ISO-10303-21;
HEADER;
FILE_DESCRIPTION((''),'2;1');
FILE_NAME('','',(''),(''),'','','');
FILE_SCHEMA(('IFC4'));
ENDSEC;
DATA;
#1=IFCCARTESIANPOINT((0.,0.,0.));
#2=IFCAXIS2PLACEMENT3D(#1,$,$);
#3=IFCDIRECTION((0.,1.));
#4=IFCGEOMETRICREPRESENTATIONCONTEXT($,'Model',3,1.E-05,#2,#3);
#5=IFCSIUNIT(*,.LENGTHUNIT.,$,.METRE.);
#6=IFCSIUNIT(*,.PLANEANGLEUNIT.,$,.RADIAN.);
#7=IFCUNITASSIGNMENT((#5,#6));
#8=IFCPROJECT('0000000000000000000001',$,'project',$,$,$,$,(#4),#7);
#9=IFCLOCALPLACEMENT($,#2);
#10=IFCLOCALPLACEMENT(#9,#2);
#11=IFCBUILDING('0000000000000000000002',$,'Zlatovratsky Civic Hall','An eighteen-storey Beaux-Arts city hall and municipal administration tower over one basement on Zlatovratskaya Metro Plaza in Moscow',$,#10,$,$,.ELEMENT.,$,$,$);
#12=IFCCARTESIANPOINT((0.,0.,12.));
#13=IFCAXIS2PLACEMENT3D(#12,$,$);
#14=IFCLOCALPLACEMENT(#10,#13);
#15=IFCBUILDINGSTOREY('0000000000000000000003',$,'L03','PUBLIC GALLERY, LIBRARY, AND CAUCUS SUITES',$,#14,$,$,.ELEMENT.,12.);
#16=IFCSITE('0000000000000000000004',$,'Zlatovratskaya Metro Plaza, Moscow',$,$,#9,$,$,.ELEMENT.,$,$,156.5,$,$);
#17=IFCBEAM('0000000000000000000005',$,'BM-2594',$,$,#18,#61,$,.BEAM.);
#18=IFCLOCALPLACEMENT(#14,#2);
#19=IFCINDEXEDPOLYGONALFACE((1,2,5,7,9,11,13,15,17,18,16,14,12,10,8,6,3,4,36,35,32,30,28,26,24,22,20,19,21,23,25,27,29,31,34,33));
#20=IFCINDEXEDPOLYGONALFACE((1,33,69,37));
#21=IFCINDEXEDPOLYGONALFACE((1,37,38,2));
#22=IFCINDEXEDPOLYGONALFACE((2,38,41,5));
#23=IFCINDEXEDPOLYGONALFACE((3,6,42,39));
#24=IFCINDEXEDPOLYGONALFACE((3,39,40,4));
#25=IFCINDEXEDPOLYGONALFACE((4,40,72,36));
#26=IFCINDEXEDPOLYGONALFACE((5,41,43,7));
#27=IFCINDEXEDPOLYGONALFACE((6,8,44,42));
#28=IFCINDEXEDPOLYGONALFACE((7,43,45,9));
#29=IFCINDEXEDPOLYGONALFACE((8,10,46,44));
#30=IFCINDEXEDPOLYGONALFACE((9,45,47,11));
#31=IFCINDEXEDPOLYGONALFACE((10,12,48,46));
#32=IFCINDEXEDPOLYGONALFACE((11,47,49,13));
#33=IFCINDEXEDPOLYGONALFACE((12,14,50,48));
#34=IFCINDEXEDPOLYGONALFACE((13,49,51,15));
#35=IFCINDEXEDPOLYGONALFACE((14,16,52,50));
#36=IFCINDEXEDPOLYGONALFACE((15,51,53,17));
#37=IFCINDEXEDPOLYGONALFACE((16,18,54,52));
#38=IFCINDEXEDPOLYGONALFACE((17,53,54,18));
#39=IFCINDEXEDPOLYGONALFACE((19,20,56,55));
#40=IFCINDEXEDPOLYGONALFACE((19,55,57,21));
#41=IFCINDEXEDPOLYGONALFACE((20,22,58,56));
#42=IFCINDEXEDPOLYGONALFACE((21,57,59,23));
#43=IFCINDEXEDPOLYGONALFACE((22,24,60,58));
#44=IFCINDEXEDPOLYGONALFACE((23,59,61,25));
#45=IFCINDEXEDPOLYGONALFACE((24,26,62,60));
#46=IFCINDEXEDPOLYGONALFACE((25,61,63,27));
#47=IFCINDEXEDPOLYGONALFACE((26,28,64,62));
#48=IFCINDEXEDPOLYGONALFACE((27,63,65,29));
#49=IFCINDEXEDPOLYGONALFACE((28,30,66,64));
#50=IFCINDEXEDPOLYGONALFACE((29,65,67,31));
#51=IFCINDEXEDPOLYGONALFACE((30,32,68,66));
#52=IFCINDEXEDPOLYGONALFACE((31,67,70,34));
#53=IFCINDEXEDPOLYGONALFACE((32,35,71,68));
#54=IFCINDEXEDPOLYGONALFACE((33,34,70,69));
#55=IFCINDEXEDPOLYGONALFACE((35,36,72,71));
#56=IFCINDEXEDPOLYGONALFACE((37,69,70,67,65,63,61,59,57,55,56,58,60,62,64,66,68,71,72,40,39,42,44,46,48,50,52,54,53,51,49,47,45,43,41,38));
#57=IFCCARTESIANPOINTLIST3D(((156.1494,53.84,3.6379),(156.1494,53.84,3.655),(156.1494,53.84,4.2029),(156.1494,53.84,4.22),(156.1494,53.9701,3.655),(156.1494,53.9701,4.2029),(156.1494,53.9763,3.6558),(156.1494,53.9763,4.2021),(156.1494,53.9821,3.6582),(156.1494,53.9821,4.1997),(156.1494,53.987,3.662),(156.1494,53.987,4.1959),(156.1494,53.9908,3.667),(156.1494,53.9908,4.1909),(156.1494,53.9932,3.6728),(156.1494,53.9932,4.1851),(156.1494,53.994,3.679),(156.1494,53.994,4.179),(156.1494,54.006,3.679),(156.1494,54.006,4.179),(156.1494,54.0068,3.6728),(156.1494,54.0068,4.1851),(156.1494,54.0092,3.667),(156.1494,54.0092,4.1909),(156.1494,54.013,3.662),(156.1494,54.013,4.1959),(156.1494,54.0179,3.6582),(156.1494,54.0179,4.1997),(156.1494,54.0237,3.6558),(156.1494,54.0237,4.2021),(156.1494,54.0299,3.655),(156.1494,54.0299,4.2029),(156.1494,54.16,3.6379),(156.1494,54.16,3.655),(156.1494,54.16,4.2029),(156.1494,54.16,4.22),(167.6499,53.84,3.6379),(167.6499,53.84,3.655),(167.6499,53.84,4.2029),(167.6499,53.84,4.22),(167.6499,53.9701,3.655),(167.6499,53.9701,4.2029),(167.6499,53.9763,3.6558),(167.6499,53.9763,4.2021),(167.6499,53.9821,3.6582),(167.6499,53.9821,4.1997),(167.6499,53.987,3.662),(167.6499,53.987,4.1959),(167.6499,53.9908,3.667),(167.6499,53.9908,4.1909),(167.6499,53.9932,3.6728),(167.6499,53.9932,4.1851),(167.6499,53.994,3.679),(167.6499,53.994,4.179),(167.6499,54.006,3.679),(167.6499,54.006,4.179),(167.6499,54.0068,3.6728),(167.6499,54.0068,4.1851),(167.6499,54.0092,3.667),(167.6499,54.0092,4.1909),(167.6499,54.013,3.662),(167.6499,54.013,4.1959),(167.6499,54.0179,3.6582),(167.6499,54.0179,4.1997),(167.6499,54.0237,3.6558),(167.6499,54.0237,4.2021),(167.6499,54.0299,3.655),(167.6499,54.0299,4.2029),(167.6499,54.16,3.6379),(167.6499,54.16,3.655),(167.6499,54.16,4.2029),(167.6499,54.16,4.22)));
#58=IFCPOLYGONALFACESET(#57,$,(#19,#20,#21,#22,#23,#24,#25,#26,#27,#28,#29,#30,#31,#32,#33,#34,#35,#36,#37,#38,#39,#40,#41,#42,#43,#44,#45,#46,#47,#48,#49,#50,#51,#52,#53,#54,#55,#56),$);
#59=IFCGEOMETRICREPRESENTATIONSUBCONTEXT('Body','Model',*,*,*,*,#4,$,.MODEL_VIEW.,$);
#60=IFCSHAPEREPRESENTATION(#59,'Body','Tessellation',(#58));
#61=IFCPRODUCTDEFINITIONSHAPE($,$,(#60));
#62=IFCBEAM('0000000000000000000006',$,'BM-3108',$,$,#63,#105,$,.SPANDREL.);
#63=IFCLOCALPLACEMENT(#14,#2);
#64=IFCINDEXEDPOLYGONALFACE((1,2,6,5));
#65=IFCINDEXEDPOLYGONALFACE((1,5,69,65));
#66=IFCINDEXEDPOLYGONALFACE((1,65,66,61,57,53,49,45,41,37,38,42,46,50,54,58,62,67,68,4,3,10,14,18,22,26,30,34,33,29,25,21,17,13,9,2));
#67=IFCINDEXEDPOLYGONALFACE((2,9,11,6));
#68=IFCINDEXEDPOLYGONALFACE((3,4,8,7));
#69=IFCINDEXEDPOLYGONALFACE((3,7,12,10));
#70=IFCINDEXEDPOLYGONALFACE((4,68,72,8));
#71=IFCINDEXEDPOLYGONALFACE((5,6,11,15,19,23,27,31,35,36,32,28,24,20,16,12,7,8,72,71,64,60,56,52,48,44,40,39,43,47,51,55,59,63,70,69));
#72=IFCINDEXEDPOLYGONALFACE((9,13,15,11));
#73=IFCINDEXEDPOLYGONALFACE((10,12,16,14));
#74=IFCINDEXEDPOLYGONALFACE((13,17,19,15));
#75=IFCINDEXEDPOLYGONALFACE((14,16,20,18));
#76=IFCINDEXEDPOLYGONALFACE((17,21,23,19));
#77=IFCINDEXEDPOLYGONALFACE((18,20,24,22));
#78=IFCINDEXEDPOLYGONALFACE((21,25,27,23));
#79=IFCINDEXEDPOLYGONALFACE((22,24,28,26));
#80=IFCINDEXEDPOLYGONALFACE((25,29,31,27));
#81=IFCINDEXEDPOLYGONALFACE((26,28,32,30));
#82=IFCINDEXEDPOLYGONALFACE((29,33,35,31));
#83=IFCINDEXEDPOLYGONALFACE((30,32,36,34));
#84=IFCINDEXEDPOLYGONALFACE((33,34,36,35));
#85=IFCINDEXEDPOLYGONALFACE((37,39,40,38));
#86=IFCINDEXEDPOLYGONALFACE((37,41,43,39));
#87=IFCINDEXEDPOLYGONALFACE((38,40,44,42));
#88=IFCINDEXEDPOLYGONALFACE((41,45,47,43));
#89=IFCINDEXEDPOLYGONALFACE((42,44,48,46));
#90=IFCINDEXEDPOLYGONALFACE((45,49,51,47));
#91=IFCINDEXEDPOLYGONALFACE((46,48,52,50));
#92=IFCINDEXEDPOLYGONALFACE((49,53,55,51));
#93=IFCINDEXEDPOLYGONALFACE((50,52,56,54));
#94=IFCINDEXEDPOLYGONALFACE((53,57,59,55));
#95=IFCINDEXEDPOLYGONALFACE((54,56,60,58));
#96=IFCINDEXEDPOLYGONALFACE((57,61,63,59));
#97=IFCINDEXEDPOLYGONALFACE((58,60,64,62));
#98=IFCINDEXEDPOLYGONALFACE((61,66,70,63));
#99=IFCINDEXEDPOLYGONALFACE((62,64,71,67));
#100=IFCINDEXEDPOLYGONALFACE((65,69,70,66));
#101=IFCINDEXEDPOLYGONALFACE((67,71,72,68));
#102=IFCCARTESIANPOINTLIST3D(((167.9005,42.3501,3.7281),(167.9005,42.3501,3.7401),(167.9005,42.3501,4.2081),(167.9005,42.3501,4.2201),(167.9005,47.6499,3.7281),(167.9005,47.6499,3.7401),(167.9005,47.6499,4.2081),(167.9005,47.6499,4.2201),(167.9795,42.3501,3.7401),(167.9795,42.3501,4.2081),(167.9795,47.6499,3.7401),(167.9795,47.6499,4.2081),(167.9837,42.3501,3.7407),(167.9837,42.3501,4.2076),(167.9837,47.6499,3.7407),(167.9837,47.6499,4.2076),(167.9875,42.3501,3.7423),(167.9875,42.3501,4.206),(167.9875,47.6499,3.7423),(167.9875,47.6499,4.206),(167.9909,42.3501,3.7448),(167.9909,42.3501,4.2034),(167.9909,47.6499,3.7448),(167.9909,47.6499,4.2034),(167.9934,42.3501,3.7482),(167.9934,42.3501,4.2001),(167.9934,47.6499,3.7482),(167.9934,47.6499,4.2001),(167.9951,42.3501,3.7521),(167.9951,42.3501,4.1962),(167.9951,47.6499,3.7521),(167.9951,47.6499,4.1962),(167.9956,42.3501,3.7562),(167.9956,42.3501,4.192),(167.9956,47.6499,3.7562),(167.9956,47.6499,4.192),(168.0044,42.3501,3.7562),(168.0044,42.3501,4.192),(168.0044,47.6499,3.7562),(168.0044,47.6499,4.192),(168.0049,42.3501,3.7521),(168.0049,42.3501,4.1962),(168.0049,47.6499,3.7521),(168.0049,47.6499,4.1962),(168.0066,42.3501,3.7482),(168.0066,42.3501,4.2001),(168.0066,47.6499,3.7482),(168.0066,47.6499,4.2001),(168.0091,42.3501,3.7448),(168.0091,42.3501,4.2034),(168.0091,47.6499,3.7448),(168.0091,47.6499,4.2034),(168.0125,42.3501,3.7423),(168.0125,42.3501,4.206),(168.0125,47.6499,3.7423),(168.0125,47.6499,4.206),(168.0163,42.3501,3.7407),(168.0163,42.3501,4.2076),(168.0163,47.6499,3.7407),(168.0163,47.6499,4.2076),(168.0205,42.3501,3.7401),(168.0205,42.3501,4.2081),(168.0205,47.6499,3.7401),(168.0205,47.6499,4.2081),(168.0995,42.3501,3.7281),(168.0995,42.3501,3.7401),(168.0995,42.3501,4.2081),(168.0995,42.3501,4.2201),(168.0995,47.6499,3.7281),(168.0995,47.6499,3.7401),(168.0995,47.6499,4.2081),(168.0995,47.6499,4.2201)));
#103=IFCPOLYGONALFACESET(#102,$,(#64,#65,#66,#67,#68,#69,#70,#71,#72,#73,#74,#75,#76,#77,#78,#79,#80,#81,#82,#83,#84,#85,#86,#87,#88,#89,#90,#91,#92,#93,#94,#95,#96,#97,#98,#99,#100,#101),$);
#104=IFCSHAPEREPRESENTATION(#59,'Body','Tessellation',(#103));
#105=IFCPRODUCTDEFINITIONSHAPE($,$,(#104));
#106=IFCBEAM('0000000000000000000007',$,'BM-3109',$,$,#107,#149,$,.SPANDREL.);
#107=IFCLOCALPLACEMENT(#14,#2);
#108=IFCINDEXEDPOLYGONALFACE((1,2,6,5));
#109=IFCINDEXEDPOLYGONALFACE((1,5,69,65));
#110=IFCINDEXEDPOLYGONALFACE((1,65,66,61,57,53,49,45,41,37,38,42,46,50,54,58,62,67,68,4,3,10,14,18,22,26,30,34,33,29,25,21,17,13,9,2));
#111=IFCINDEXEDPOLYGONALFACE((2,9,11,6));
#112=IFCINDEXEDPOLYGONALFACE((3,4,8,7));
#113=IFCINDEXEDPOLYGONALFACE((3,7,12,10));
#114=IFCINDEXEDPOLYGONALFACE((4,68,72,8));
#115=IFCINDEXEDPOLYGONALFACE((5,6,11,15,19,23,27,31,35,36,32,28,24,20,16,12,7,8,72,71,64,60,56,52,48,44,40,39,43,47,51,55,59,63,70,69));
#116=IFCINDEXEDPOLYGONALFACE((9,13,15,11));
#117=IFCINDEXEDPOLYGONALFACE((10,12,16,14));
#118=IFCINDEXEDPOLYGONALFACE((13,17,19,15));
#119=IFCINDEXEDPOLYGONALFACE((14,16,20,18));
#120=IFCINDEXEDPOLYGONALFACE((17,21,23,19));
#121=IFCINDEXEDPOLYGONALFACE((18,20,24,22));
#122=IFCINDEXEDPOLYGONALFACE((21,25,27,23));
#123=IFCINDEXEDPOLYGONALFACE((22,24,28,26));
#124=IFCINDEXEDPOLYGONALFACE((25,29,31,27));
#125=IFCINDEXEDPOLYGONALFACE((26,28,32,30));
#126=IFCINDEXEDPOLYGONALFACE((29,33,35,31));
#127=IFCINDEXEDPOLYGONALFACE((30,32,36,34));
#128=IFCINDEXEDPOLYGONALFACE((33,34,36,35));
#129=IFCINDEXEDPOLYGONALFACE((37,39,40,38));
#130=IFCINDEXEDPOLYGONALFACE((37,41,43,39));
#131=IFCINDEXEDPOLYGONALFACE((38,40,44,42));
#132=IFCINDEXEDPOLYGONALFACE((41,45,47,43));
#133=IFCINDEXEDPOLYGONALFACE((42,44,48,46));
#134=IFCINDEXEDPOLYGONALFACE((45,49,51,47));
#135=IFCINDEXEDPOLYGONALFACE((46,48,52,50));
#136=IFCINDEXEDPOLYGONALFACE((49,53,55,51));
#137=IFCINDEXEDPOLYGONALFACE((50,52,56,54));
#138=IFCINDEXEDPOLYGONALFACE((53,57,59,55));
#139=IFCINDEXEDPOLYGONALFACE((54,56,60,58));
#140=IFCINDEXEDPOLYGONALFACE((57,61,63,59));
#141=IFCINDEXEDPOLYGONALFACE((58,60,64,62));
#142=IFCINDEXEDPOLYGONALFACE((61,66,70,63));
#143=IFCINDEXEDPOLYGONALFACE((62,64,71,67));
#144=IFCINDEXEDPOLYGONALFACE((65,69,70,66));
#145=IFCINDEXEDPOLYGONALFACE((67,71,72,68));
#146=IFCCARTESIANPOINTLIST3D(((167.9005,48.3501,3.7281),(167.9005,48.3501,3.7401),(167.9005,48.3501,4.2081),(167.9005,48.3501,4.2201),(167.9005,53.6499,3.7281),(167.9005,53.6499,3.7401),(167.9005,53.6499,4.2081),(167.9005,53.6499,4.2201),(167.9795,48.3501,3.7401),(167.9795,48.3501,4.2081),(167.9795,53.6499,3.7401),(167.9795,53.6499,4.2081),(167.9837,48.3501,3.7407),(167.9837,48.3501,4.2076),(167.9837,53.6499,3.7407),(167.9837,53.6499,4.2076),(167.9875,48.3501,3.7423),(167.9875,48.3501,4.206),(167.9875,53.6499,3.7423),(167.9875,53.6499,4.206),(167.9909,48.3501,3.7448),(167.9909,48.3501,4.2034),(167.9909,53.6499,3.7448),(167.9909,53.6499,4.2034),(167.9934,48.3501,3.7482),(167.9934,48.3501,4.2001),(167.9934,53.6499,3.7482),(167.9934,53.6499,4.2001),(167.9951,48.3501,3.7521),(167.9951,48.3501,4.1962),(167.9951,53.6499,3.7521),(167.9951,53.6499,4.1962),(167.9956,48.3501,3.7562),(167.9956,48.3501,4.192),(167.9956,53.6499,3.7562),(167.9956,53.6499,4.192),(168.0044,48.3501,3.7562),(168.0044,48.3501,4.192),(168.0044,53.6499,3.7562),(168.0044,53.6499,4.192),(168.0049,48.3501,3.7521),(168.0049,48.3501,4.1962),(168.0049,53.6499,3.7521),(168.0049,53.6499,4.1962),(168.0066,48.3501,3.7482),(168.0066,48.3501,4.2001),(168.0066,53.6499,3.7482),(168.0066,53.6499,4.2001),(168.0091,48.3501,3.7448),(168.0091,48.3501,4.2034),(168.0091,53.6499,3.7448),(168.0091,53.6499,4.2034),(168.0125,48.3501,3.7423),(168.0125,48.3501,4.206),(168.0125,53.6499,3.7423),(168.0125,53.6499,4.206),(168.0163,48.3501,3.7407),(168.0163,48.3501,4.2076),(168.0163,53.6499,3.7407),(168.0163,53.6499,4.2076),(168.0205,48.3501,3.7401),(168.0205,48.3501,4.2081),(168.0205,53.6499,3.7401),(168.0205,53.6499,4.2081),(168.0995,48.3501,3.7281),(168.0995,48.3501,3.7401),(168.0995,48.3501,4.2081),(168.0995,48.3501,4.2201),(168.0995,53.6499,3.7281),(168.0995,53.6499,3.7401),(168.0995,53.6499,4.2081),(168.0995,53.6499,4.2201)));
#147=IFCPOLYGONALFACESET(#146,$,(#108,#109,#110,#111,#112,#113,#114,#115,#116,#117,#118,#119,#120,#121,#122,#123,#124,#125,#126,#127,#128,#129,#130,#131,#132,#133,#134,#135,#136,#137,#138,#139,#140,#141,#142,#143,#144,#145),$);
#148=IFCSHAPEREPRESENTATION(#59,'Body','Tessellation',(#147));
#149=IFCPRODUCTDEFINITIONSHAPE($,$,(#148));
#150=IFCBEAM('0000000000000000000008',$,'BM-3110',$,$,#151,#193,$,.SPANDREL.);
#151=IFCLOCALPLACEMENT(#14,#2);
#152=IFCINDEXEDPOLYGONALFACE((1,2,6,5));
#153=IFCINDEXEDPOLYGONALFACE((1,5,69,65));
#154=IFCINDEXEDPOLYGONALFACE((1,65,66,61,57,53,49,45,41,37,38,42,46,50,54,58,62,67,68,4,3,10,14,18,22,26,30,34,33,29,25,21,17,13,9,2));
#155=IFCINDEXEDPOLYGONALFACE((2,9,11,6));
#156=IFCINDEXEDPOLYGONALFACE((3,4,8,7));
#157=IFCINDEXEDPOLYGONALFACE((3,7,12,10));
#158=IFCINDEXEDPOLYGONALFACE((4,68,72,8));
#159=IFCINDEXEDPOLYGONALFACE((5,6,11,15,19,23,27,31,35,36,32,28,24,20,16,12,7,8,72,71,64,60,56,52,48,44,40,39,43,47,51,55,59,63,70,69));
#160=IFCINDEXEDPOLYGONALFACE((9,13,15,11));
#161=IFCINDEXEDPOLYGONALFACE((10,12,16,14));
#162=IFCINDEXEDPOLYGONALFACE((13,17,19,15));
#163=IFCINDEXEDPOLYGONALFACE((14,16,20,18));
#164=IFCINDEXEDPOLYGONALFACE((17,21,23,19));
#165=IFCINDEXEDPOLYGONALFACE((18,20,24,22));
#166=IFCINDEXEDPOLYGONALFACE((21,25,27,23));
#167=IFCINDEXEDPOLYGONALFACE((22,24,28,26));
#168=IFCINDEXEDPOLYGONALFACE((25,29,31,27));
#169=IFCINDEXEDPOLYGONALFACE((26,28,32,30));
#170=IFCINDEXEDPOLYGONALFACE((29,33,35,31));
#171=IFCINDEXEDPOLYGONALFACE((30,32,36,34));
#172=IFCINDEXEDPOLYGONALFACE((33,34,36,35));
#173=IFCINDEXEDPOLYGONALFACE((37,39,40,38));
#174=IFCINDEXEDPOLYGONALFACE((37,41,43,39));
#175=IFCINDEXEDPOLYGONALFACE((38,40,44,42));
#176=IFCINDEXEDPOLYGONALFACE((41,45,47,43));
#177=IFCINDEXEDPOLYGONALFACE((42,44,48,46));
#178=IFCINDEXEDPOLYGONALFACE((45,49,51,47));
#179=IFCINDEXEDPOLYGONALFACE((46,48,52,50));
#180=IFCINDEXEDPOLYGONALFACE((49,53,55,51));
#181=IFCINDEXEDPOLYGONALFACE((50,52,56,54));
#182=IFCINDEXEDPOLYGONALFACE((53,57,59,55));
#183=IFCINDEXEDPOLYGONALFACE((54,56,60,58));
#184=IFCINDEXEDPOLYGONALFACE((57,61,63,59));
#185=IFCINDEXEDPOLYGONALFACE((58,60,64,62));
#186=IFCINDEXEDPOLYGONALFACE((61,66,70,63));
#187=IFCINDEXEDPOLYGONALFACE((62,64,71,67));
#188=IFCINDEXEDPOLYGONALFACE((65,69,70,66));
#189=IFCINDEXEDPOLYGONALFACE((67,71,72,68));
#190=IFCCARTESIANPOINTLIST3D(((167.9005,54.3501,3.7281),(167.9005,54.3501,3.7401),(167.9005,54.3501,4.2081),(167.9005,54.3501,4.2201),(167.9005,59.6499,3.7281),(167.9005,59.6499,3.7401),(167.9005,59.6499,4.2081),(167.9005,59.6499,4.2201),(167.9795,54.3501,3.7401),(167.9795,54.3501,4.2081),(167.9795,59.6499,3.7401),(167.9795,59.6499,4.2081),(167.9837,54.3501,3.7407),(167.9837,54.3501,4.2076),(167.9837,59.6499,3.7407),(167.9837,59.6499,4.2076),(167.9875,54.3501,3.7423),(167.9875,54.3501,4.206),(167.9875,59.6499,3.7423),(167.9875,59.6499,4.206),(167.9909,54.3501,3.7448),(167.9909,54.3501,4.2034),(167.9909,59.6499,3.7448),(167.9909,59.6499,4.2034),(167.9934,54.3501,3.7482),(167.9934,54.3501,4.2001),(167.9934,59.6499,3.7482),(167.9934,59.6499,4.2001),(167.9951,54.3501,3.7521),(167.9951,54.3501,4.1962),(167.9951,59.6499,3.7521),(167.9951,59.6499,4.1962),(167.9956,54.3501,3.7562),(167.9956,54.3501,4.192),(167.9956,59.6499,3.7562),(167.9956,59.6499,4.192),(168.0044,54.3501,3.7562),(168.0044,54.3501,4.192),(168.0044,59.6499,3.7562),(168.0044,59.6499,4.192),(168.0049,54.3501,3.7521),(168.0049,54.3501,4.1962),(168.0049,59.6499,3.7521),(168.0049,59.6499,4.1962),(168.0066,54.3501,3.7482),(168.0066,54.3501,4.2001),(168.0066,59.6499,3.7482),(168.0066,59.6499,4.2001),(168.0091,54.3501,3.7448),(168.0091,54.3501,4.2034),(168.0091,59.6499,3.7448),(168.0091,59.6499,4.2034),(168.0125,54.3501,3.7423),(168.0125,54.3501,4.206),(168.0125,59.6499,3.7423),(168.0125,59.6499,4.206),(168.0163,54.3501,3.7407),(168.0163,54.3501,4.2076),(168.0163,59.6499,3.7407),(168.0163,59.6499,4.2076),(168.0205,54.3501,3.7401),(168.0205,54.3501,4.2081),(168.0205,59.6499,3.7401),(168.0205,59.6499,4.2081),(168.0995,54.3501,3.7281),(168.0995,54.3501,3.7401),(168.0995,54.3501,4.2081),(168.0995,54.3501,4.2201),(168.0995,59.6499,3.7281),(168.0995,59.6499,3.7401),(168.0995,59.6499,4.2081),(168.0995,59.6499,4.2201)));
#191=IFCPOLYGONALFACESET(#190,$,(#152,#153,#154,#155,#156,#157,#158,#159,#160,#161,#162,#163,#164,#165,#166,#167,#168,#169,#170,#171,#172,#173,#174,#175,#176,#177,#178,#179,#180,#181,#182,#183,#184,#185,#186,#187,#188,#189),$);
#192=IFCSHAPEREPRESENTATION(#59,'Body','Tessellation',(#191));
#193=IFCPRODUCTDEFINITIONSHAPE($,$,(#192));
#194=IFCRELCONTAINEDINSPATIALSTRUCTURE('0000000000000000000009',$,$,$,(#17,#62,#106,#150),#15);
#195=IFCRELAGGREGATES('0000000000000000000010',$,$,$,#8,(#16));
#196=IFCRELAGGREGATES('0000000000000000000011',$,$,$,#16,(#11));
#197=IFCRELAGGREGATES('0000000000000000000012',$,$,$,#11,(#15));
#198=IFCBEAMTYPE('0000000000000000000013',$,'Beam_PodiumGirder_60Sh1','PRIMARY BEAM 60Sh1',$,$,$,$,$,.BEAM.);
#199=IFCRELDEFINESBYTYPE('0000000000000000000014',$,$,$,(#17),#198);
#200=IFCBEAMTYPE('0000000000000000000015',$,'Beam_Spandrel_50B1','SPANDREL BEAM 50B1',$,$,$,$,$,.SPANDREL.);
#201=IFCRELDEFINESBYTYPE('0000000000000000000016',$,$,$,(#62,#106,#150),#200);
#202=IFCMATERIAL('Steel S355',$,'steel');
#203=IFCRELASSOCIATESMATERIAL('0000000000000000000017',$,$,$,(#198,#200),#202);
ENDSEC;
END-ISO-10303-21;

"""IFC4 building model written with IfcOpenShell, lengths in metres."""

from ifc_helpers import new_model, si_unit, direction, frame, origin, origin_2d, place, context, subcontext, project, spatial, i_section, extrude, material, material_profile, profile_set, type_object, element, save


model = new_model("IFC4")

# Units and contexts
model_context = context("Model", 3, precision=1e-05, world=origin(), true_north=direction((0.0, 1.0)))
body_context = subcontext(model_context, "Body", "Model", "MODEL_VIEW")
ifc_project = project(units=[si_unit("LENGTHUNIT", "METRE"), si_unit("PLANEANGLEUNIT", "RADIAN")], contexts=[model_context])

# Site, building, storey
site_placement = place(None, origin())
site = spatial("IfcSite", under=ifc_project, at=site_placement, Name="Zlatovratskaya Metro Plaza, Moscow", CompositionType="ELEMENT", RefElevation=156.5)
building_placement = place(site_placement, origin())
building = spatial("IfcBuilding", under=site, at=building_placement, Name="Zlatovratsky Civic Hall", Description="An eighteen-storey Beaux-Arts city hall and municipal administration tower over one basement on Zlatovratskaya Metro Plaza in Moscow", CompositionType="ELEMENT")
storey_placement = place(building_placement, frame((0.0, 0.0, 12.0)))
storey = spatial("IfcBuildingStorey", under=building, at=storey_placement, Name="L03", Description="PUBLIC GALLERY, LIBRARY, AND CAUCUS SUITES", CompositionType="ELEMENT", Elevation=12.0)

# Shared definitions
ifc_material_1 = material(Name="Steel S355", Category="steel")

# Beams
ifc_material_profile_1 = material_profile(ifc_material_1, i_section(OverallWidth=0.3201, OverallDepth=0.582, WebThickness=0.012, FlangeThickness=0.0171, FilletRadius=0.0239, at=origin_2d()), Name="60Sh1")
ifc_profile_set_1 = profile_set([ifc_material_profile_1], Name="Steel S355")
beam_type_1 = type_object("IfcBeamType", Name="Beam_PodiumGirder_60Sh1", Description="PRIMARY BEAM 60Sh1", PredefinedType="BEAM", material=ifc_profile_set_1)
for number, where, z_axis, x_axis, name in (
    (1, (156.1494, 54.0, 3.929), (1.0, 0.0, 0.0), (0.0, 1.0, 0.0), "BM-2594"),
):
    element("IfcBeam", number, at=place(storey_placement, frame(where, z_axis=z_axis, x_axis=x_axis)), inside=storey, type_object=beam_type_1, Name=name, PredefinedType="BEAM", context=body_context, shape_type="SweptSolid", body=[
        extrude(i_section(OverallWidth=0.3201, OverallDepth=0.582, WebThickness=0.012, FlangeThickness=0.0171, FilletRadius=0.0239, at=origin_2d()), origin(), (0.0, 0.0, 1.0), 11.5005),
    ])
ifc_material_profile_2 = material_profile(ifc_material_1, i_section(OverallWidth=0.199, OverallDepth=0.4919, WebThickness=0.0088, FlangeThickness=0.012, FilletRadius=0.0161, at=origin_2d()), Name="50B1")
ifc_profile_set_2 = profile_set([ifc_material_profile_2], Name="Steel S355")
beam_type_2 = type_object("IfcBeamType", Name="Beam_Spandrel_50B1", Description="SPANDREL BEAM 50B1", PredefinedType="SPANDREL", material=ifc_profile_set_2)
for number, where, z_axis, x_axis, name in (
    (2, (168.0, 42.3501, 3.9741), (0.0, 1.0, 0.0), (-1.0, 0.0, 0.0), "BM-3108"),
    (3, (168.0, 48.3501, 3.9741), (0.0, 1.0, 0.0), (-1.0, 0.0, 0.0), "BM-3109"),
    (4, (168.0, 54.3501, 3.9741), (0.0, 1.0, 0.0), (-1.0, 0.0, 0.0), "BM-3110"),
):
    element("IfcBeam", number, at=place(storey_placement, frame(where, z_axis=z_axis, x_axis=x_axis)), inside=storey, type_object=beam_type_2, Name=name, PredefinedType="SPANDREL", context=body_context, shape_type="SweptSolid", body=[
        extrude(i_section(OverallWidth=0.199, OverallDepth=0.4919, WebThickness=0.0088, FlangeThickness=0.012, FilletRadius=0.0161, at=origin_2d()), origin(), (0.0, 0.0, 1.0), 5.2998),
    ])

save(model, "model.ifc")
